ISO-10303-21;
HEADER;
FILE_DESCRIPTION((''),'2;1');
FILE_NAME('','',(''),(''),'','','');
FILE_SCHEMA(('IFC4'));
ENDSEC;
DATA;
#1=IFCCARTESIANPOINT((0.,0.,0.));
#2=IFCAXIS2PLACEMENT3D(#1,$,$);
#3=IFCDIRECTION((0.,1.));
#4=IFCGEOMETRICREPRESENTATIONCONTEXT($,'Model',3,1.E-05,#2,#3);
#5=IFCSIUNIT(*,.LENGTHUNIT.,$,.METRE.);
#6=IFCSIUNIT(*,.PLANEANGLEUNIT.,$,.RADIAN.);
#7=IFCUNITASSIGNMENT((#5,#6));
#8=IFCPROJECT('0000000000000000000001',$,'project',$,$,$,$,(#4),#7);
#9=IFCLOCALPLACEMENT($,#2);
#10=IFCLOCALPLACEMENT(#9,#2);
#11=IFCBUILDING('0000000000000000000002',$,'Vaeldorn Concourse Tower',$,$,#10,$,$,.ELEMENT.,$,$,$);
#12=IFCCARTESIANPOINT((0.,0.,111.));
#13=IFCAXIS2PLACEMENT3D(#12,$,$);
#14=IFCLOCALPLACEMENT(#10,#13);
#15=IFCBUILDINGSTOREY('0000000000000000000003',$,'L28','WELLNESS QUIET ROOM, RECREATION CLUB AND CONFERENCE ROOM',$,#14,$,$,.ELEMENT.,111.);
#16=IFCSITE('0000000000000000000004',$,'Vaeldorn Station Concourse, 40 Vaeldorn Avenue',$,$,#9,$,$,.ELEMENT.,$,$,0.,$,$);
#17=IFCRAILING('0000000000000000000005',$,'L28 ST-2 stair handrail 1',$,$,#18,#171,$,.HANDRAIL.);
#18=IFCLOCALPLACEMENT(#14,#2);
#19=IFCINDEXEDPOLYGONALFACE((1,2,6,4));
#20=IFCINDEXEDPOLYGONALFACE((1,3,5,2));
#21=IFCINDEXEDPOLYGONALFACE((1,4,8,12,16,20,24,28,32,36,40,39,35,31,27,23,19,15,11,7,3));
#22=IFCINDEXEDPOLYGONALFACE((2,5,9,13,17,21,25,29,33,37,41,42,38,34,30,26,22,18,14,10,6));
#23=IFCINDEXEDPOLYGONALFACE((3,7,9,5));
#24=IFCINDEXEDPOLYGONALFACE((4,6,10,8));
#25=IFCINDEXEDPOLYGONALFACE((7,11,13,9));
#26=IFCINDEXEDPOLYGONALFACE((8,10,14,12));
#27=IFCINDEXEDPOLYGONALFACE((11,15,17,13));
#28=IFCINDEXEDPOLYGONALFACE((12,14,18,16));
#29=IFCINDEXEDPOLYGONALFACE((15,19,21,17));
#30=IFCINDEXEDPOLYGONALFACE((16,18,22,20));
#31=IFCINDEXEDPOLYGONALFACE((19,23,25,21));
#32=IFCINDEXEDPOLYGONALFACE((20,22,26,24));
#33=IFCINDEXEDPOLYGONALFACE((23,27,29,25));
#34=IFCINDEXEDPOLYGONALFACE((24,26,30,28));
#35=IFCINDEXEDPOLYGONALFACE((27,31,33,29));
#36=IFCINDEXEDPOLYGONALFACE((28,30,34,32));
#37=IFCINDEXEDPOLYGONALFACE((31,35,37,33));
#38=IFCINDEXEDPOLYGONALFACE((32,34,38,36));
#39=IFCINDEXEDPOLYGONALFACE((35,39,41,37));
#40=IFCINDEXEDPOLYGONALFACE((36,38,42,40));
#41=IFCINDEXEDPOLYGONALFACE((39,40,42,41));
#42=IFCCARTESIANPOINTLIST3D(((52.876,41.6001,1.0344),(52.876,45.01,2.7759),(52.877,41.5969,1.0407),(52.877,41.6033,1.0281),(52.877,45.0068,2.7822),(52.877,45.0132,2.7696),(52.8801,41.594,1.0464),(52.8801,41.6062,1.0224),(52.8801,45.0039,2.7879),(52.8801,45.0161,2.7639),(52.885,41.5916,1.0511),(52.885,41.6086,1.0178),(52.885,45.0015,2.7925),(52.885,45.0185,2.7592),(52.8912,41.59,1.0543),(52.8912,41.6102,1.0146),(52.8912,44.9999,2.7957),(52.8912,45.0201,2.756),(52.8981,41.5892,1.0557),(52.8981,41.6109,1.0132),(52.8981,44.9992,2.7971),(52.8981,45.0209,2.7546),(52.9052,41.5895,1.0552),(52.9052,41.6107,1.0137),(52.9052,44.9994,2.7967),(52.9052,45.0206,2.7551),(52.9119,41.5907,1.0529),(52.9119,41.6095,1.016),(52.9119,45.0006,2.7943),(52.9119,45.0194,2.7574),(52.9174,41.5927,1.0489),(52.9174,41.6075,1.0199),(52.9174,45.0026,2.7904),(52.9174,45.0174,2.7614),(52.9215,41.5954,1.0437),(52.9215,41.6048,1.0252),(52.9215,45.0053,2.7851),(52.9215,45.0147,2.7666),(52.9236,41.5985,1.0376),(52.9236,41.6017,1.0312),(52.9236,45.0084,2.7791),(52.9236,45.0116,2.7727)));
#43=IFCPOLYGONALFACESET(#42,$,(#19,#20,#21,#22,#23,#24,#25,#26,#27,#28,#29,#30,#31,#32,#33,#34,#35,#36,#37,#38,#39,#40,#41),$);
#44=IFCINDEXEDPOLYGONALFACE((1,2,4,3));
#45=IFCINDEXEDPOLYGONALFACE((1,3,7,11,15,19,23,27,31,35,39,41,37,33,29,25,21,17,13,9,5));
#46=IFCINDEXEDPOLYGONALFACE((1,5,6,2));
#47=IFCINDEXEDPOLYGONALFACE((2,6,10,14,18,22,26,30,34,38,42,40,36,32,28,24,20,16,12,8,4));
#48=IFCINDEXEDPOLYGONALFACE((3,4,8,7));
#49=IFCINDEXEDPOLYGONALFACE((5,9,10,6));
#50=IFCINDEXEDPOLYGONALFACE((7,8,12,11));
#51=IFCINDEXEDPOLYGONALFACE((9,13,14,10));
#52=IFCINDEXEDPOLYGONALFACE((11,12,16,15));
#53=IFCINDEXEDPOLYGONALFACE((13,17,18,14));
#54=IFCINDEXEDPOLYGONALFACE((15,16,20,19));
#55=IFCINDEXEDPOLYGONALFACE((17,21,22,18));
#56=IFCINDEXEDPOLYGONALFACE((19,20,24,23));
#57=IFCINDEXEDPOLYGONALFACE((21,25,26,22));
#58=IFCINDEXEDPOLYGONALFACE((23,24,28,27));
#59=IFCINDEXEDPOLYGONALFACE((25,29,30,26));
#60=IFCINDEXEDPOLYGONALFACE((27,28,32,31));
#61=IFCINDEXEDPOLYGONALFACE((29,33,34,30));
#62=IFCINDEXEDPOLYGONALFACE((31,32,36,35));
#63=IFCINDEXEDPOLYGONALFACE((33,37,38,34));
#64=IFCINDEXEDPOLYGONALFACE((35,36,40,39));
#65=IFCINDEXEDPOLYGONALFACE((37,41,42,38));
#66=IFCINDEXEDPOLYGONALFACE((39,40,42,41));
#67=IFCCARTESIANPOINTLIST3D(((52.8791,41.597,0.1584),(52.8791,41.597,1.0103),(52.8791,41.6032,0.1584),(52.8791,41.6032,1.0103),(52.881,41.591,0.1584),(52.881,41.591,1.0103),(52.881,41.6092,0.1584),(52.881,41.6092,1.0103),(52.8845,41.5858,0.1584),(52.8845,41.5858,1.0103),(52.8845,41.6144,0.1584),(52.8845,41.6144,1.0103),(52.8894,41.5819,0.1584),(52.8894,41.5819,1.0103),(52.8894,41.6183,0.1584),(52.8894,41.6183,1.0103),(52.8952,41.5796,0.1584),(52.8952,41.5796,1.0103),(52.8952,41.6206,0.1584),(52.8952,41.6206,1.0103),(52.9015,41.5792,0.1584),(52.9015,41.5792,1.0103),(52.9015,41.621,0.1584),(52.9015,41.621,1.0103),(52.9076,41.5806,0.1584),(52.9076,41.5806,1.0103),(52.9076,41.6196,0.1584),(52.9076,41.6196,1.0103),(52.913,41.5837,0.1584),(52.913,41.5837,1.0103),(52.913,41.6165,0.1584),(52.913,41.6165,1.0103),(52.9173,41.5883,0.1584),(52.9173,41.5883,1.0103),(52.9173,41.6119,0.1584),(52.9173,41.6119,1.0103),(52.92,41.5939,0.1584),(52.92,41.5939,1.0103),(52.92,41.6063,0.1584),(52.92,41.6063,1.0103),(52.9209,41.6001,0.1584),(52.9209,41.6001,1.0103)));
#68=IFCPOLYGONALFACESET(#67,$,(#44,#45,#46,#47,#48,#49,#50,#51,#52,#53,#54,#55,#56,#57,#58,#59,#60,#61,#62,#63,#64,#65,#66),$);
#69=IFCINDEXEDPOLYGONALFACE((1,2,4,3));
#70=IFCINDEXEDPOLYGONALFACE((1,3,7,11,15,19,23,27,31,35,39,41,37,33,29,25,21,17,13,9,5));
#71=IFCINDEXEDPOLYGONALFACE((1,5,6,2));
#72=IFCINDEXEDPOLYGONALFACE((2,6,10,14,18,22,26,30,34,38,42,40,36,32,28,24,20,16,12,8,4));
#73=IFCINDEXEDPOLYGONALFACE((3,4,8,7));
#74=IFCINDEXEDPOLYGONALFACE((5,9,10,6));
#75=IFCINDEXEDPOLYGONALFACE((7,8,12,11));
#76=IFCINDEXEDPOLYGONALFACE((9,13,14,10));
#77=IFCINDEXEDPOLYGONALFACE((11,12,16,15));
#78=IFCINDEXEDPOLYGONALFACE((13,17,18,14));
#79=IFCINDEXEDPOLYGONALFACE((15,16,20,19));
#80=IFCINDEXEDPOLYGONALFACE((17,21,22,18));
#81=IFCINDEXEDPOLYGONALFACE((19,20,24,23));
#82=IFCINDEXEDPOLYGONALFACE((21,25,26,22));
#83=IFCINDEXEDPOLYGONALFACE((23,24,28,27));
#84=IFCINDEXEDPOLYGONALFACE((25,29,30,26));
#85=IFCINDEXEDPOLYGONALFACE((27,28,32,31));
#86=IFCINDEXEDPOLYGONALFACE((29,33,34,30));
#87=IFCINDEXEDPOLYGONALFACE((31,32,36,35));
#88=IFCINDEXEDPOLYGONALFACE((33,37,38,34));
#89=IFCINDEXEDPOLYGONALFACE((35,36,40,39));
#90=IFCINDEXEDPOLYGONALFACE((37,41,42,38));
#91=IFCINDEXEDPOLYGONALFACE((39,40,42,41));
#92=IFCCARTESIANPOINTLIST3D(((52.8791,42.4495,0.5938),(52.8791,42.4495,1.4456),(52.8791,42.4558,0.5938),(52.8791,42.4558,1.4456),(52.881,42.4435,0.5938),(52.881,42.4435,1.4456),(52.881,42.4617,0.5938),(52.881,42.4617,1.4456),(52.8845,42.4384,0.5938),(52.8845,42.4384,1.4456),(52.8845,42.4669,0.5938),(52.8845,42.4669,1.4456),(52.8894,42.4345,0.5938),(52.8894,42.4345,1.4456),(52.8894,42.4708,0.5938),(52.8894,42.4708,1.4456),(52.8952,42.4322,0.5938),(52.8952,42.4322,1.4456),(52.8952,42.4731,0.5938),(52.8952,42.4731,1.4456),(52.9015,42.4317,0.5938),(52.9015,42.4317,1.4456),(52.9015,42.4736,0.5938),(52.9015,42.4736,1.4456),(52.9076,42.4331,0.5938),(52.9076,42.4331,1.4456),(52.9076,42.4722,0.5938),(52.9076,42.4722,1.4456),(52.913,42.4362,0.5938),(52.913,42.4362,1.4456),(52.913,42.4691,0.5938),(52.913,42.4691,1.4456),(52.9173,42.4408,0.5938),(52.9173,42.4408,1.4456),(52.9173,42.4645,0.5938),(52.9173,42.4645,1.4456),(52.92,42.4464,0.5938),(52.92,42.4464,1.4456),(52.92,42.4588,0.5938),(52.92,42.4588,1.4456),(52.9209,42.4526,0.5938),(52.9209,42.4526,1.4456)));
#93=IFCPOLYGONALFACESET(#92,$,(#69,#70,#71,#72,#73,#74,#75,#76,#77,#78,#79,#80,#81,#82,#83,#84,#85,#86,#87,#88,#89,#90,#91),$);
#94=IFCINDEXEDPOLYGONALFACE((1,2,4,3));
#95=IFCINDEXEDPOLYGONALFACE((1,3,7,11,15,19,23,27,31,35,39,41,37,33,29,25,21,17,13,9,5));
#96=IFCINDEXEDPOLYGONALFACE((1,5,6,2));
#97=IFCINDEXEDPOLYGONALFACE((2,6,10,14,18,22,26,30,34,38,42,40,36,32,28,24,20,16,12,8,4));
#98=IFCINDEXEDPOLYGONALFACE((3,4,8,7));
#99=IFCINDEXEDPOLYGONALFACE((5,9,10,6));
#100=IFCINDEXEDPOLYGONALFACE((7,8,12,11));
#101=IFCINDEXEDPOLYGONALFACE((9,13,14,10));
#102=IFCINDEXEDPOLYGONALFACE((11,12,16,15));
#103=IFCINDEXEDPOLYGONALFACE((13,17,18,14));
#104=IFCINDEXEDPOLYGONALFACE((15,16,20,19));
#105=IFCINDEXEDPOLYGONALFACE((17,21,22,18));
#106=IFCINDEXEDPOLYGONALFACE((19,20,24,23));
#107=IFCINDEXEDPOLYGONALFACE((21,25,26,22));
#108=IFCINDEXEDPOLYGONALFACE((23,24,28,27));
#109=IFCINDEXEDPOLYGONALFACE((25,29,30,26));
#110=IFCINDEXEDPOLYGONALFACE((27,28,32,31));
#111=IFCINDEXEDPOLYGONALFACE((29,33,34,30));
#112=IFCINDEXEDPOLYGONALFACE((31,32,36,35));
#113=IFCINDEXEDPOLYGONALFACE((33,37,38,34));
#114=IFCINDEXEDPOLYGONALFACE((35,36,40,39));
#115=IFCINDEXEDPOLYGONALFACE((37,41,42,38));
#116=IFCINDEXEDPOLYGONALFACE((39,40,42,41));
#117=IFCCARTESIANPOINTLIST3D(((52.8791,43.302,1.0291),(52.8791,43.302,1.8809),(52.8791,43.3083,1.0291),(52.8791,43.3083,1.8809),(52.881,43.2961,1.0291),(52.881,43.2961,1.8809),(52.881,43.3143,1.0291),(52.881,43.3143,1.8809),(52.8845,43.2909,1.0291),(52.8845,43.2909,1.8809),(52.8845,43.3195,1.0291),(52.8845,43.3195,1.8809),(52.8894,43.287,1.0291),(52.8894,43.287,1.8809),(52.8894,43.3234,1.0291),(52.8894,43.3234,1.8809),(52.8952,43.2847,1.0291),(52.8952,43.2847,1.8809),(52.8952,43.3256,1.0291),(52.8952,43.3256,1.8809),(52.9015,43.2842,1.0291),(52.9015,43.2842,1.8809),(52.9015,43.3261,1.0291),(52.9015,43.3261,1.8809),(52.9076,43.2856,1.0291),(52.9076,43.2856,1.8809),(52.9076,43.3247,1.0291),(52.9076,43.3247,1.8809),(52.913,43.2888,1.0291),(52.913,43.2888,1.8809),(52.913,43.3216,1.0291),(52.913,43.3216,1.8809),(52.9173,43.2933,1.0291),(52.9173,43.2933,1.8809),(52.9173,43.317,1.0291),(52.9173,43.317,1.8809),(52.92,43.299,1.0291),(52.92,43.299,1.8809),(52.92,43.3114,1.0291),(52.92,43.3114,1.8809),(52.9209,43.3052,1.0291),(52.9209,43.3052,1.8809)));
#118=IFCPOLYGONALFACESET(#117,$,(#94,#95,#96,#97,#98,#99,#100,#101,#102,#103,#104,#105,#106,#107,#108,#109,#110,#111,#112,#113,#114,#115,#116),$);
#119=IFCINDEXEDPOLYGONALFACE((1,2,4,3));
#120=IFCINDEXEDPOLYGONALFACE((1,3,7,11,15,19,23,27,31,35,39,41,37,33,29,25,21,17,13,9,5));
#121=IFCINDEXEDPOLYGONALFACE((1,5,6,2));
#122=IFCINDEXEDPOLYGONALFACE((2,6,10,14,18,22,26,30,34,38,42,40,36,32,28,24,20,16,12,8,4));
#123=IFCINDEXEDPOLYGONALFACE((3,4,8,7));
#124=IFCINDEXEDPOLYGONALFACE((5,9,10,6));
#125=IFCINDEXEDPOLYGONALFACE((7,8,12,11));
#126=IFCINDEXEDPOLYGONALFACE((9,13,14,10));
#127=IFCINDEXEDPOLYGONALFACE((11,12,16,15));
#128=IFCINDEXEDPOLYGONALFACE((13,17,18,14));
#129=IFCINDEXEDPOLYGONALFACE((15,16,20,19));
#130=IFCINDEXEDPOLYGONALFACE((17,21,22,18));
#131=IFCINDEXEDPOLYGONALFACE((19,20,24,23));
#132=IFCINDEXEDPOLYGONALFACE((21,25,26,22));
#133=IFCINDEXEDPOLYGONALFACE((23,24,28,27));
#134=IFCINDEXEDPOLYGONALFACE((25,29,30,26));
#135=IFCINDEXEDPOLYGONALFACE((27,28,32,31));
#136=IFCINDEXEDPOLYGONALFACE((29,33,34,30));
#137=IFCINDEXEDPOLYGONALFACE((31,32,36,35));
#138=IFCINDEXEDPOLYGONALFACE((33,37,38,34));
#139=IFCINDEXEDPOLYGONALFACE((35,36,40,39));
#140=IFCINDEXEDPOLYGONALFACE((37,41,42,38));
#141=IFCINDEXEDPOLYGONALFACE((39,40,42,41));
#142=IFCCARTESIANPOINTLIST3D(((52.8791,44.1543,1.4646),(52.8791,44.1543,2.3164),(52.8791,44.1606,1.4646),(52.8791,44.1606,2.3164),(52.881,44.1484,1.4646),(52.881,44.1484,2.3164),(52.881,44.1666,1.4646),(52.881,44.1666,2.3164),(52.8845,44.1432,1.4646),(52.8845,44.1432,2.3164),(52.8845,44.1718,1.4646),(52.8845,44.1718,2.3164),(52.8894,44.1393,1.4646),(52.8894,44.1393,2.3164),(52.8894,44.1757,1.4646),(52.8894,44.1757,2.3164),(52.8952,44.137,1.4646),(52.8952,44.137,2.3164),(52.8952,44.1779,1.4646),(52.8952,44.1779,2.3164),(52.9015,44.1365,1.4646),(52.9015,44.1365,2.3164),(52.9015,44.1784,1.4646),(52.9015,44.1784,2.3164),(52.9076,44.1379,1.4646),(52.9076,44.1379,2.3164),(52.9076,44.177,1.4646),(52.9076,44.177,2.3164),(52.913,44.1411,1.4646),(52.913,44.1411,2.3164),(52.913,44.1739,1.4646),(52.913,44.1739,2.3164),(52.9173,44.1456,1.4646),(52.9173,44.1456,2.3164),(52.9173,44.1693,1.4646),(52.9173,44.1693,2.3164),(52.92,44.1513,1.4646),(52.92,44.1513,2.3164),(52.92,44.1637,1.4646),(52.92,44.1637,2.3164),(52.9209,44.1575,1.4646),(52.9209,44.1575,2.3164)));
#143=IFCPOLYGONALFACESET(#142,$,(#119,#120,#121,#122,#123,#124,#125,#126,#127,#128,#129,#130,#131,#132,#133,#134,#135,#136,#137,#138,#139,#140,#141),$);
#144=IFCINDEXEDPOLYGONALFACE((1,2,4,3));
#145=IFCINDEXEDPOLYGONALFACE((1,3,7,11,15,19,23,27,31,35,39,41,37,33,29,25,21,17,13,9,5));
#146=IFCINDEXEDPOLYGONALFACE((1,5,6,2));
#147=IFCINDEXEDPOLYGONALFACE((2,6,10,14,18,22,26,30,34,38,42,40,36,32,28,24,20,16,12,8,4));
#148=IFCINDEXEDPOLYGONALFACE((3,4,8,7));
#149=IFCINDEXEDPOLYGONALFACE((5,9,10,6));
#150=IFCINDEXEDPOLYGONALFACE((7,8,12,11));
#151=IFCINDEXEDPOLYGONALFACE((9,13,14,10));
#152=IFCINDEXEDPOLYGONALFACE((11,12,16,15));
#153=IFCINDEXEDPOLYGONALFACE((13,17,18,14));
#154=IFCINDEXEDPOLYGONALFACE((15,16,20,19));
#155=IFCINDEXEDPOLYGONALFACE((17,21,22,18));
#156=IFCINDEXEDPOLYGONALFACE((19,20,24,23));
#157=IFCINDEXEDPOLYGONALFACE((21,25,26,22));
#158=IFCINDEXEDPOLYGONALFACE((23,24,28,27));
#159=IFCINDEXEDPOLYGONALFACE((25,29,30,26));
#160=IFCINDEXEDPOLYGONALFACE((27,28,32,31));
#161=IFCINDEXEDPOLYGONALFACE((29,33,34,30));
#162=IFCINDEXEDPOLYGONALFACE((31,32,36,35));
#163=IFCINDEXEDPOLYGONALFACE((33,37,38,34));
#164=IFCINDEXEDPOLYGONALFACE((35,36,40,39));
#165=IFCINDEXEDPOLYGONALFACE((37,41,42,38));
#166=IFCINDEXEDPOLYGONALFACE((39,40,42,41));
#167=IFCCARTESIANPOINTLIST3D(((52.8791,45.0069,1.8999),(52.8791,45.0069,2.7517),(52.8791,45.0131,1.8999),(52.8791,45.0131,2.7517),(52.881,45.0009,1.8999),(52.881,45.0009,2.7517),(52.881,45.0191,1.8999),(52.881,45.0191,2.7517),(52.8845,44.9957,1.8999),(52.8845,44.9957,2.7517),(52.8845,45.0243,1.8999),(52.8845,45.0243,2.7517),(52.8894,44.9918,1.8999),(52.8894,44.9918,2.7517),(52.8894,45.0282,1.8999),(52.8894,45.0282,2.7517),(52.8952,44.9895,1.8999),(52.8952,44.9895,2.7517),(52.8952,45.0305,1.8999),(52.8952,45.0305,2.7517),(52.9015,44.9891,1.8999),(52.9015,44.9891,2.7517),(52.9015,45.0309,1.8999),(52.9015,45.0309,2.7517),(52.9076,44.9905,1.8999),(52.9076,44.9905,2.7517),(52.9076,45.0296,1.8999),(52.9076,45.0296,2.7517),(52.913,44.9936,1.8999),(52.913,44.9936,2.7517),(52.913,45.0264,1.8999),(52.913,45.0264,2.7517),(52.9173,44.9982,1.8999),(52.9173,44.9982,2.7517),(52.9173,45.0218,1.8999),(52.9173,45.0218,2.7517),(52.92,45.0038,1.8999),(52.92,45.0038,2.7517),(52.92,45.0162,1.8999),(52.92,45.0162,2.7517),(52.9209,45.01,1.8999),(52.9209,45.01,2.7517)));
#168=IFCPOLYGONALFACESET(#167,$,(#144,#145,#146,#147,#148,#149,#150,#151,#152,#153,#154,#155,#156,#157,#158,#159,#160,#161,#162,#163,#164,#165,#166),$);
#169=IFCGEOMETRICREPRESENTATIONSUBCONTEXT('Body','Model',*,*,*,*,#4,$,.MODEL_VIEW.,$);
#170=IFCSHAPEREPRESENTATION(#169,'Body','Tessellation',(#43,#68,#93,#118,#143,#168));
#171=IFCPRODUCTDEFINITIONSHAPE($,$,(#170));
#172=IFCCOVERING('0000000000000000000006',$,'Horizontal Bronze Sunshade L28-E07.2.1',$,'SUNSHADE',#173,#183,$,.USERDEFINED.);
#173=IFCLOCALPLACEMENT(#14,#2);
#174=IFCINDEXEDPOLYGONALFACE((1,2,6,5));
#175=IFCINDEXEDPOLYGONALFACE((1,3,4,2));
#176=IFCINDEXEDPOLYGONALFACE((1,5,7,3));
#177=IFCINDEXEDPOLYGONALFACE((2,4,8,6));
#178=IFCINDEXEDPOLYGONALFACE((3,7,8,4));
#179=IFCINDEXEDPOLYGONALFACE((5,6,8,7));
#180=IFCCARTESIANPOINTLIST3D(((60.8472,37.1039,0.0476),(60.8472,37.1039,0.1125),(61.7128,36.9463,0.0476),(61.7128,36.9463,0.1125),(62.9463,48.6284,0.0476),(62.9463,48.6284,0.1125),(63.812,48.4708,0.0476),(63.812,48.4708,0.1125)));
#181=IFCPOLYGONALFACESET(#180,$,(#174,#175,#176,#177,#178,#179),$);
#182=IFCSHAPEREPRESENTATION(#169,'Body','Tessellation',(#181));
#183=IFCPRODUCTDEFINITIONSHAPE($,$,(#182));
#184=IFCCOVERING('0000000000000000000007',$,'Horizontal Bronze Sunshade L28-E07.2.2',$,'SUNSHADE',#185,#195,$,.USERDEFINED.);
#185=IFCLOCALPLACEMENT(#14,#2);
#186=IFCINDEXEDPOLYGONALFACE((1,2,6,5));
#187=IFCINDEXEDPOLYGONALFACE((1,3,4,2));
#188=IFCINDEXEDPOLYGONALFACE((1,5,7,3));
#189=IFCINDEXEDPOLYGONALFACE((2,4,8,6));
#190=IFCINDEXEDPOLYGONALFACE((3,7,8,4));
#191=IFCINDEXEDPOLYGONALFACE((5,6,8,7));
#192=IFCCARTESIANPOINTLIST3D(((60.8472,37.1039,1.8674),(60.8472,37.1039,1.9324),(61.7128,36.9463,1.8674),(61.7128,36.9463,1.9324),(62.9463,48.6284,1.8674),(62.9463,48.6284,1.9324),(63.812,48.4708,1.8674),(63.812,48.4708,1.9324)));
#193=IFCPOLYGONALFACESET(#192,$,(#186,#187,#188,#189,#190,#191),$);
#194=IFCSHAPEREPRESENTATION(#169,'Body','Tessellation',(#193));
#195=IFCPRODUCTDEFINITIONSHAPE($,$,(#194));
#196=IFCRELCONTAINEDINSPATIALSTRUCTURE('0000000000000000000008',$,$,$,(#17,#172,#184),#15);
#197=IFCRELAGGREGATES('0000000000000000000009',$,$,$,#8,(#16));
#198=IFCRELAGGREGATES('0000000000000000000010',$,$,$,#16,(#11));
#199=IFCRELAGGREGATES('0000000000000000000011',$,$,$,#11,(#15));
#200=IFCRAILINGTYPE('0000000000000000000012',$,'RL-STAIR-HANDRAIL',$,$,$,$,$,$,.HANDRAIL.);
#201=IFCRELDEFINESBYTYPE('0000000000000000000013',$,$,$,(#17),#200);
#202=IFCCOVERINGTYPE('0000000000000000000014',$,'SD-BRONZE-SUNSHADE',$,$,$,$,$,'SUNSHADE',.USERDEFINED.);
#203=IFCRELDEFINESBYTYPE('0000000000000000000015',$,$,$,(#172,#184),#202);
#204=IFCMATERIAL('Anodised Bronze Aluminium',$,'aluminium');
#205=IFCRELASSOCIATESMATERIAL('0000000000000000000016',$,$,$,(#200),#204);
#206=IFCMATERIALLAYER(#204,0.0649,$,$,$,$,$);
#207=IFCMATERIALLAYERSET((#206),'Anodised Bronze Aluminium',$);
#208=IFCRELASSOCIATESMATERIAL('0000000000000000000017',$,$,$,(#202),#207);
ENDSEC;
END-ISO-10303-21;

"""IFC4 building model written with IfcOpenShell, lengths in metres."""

from ifc_helpers import new_model, si_unit, direction, frame, origin, origin_2d, place, context, subcontext, project, spatial, rectangle, circle, extrude, source, transform, mapped, material, layer, layer_set, type_object, element, save


model = new_model("IFC4")

# Units and contexts
model_context = context("Model", 3, precision=1e-05, world=origin(), true_north=direction((0.0, 1.0)))
body_context = subcontext(model_context, "Body", "Model", "MODEL_VIEW")
ifc_project = project(units=[si_unit("LENGTHUNIT", "METRE"), si_unit("PLANEANGLEUNIT", "RADIAN")], contexts=[model_context])

# Site, building, storey
site_placement = place(None, origin())
site = spatial("IfcSite", under=ifc_project, at=site_placement, Name="Vaeldorn Station Concourse, 40 Vaeldorn Avenue", CompositionType="ELEMENT", RefElevation=0.0)
building_placement = place(site_placement, origin())
building = spatial("IfcBuilding", under=site, at=building_placement, Name="Vaeldorn Concourse Tower", CompositionType="ELEMENT")
storey_placement = place(building_placement, frame((0.0, 0.0, 111.0)))
storey = spatial("IfcBuildingStorey", under=building, at=storey_placement, Name="L28", Description="WELLNESS QUIET ROOM, RECREATION CLUB AND CONFERENCE ROOM", CompositionType="ELEMENT", Elevation=111.0)

# Shared definitions
ifc_material_1 = material(Name="Anodised Bronze Aluminium", Category="aluminium")

# Railing
railing_type_1 = type_object("IfcRailingType", Name="RL-STAIR-HANDRAIL", PredefinedType="HANDRAIL", material=ifc_material_1)
railing_1_placement = place(storey_placement, frame((52.8999, 41.6001, 0.1584)))
element("IfcRailing", 1, at=railing_1_placement, inside=storey, type_object=railing_type_1, Name="L28 ST-2 stair handrail 1", PredefinedType="HANDRAIL", context=body_context, shape_type="SweptSolid", body=[
    extrude(circle(Radius=0.0239, at=origin_2d()), frame((0.0, 0.0, 0.876), z_axis=(0.0, 0.890582, 0.454823), x_axis=(-1.0, 0.0, 0.0)), (0.0, 0.0, 1.0), 3.8289),
    extrude(circle(Radius=0.021, at=origin_2d()), origin(), (0.0, 0.0, 1.0), 0.8518),
    extrude(circle(Radius=0.021, at=origin_2d()), frame((0.0, 0.8525, 0.4353)), (0.0, 0.0, 1.0), 0.8518),
    extrude(circle(Radius=0.021, at=origin_2d()), frame((0.0, 1.7051, 0.8706)), (0.0, 0.0, 1.0), 0.8518),
    extrude(circle(Radius=0.021, at=origin_2d()), frame((0.0, 2.5574, 1.3062)), (0.0, 0.0, 1.0), 0.8518),
    extrude(circle(Radius=0.021, at=origin_2d()), frame((0.0, 3.4099, 1.7415)), (0.0, 0.0, 1.0), 0.8518),
])

# Coverings
ifc_layer_1 = layer(ifc_material_1, 0.0649)
ifc_layer_set_1 = layer_set([ifc_layer_1], Name="Anodised Bronze Aluminium")
covering_type = type_object("IfcCoveringType", Name="SD-BRONZE-SUNSHADE", ElementType="SUNSHADE", PredefinedType="USERDEFINED", material=ifc_layer_set_1)
shared_shape_1 = source(origin(), body_context, "Body", "SweptSolid", [
    extrude(rectangle(XDim=11.7141, YDim=0.8799, at=origin_2d()), origin(), (0.0, 0.0, 1.0), 0.0649),
])
for number, where, z_axis, x_axis, name in (
    (2, (62.3296, 42.7874, 0.0476), (0.0, 0.0, 1.0), (0.179197, 0.983813, 0.0), "Horizontal Bronze Sunshade L28-E07.2.1"),
    (3, (62.3296, 42.7874, 1.8674), (0.0, 0.0, 1.0), (0.179197, 0.983813, 0.0), "Horizontal Bronze Sunshade L28-E07.2.2"),
):
    element("IfcCovering", number, at=place(storey_placement, frame(where, z_axis=z_axis, x_axis=x_axis)), inside=storey, type_object=covering_type, Name=name, ObjectType="SUNSHADE", PredefinedType="USERDEFINED", context=body_context, shape_type="MappedRepresentation", body=[
        mapped(shared_shape_1, transform((0.0, 0.0, 0.0), scale=1.0)),
    ])

save(model, "model.ifc")
